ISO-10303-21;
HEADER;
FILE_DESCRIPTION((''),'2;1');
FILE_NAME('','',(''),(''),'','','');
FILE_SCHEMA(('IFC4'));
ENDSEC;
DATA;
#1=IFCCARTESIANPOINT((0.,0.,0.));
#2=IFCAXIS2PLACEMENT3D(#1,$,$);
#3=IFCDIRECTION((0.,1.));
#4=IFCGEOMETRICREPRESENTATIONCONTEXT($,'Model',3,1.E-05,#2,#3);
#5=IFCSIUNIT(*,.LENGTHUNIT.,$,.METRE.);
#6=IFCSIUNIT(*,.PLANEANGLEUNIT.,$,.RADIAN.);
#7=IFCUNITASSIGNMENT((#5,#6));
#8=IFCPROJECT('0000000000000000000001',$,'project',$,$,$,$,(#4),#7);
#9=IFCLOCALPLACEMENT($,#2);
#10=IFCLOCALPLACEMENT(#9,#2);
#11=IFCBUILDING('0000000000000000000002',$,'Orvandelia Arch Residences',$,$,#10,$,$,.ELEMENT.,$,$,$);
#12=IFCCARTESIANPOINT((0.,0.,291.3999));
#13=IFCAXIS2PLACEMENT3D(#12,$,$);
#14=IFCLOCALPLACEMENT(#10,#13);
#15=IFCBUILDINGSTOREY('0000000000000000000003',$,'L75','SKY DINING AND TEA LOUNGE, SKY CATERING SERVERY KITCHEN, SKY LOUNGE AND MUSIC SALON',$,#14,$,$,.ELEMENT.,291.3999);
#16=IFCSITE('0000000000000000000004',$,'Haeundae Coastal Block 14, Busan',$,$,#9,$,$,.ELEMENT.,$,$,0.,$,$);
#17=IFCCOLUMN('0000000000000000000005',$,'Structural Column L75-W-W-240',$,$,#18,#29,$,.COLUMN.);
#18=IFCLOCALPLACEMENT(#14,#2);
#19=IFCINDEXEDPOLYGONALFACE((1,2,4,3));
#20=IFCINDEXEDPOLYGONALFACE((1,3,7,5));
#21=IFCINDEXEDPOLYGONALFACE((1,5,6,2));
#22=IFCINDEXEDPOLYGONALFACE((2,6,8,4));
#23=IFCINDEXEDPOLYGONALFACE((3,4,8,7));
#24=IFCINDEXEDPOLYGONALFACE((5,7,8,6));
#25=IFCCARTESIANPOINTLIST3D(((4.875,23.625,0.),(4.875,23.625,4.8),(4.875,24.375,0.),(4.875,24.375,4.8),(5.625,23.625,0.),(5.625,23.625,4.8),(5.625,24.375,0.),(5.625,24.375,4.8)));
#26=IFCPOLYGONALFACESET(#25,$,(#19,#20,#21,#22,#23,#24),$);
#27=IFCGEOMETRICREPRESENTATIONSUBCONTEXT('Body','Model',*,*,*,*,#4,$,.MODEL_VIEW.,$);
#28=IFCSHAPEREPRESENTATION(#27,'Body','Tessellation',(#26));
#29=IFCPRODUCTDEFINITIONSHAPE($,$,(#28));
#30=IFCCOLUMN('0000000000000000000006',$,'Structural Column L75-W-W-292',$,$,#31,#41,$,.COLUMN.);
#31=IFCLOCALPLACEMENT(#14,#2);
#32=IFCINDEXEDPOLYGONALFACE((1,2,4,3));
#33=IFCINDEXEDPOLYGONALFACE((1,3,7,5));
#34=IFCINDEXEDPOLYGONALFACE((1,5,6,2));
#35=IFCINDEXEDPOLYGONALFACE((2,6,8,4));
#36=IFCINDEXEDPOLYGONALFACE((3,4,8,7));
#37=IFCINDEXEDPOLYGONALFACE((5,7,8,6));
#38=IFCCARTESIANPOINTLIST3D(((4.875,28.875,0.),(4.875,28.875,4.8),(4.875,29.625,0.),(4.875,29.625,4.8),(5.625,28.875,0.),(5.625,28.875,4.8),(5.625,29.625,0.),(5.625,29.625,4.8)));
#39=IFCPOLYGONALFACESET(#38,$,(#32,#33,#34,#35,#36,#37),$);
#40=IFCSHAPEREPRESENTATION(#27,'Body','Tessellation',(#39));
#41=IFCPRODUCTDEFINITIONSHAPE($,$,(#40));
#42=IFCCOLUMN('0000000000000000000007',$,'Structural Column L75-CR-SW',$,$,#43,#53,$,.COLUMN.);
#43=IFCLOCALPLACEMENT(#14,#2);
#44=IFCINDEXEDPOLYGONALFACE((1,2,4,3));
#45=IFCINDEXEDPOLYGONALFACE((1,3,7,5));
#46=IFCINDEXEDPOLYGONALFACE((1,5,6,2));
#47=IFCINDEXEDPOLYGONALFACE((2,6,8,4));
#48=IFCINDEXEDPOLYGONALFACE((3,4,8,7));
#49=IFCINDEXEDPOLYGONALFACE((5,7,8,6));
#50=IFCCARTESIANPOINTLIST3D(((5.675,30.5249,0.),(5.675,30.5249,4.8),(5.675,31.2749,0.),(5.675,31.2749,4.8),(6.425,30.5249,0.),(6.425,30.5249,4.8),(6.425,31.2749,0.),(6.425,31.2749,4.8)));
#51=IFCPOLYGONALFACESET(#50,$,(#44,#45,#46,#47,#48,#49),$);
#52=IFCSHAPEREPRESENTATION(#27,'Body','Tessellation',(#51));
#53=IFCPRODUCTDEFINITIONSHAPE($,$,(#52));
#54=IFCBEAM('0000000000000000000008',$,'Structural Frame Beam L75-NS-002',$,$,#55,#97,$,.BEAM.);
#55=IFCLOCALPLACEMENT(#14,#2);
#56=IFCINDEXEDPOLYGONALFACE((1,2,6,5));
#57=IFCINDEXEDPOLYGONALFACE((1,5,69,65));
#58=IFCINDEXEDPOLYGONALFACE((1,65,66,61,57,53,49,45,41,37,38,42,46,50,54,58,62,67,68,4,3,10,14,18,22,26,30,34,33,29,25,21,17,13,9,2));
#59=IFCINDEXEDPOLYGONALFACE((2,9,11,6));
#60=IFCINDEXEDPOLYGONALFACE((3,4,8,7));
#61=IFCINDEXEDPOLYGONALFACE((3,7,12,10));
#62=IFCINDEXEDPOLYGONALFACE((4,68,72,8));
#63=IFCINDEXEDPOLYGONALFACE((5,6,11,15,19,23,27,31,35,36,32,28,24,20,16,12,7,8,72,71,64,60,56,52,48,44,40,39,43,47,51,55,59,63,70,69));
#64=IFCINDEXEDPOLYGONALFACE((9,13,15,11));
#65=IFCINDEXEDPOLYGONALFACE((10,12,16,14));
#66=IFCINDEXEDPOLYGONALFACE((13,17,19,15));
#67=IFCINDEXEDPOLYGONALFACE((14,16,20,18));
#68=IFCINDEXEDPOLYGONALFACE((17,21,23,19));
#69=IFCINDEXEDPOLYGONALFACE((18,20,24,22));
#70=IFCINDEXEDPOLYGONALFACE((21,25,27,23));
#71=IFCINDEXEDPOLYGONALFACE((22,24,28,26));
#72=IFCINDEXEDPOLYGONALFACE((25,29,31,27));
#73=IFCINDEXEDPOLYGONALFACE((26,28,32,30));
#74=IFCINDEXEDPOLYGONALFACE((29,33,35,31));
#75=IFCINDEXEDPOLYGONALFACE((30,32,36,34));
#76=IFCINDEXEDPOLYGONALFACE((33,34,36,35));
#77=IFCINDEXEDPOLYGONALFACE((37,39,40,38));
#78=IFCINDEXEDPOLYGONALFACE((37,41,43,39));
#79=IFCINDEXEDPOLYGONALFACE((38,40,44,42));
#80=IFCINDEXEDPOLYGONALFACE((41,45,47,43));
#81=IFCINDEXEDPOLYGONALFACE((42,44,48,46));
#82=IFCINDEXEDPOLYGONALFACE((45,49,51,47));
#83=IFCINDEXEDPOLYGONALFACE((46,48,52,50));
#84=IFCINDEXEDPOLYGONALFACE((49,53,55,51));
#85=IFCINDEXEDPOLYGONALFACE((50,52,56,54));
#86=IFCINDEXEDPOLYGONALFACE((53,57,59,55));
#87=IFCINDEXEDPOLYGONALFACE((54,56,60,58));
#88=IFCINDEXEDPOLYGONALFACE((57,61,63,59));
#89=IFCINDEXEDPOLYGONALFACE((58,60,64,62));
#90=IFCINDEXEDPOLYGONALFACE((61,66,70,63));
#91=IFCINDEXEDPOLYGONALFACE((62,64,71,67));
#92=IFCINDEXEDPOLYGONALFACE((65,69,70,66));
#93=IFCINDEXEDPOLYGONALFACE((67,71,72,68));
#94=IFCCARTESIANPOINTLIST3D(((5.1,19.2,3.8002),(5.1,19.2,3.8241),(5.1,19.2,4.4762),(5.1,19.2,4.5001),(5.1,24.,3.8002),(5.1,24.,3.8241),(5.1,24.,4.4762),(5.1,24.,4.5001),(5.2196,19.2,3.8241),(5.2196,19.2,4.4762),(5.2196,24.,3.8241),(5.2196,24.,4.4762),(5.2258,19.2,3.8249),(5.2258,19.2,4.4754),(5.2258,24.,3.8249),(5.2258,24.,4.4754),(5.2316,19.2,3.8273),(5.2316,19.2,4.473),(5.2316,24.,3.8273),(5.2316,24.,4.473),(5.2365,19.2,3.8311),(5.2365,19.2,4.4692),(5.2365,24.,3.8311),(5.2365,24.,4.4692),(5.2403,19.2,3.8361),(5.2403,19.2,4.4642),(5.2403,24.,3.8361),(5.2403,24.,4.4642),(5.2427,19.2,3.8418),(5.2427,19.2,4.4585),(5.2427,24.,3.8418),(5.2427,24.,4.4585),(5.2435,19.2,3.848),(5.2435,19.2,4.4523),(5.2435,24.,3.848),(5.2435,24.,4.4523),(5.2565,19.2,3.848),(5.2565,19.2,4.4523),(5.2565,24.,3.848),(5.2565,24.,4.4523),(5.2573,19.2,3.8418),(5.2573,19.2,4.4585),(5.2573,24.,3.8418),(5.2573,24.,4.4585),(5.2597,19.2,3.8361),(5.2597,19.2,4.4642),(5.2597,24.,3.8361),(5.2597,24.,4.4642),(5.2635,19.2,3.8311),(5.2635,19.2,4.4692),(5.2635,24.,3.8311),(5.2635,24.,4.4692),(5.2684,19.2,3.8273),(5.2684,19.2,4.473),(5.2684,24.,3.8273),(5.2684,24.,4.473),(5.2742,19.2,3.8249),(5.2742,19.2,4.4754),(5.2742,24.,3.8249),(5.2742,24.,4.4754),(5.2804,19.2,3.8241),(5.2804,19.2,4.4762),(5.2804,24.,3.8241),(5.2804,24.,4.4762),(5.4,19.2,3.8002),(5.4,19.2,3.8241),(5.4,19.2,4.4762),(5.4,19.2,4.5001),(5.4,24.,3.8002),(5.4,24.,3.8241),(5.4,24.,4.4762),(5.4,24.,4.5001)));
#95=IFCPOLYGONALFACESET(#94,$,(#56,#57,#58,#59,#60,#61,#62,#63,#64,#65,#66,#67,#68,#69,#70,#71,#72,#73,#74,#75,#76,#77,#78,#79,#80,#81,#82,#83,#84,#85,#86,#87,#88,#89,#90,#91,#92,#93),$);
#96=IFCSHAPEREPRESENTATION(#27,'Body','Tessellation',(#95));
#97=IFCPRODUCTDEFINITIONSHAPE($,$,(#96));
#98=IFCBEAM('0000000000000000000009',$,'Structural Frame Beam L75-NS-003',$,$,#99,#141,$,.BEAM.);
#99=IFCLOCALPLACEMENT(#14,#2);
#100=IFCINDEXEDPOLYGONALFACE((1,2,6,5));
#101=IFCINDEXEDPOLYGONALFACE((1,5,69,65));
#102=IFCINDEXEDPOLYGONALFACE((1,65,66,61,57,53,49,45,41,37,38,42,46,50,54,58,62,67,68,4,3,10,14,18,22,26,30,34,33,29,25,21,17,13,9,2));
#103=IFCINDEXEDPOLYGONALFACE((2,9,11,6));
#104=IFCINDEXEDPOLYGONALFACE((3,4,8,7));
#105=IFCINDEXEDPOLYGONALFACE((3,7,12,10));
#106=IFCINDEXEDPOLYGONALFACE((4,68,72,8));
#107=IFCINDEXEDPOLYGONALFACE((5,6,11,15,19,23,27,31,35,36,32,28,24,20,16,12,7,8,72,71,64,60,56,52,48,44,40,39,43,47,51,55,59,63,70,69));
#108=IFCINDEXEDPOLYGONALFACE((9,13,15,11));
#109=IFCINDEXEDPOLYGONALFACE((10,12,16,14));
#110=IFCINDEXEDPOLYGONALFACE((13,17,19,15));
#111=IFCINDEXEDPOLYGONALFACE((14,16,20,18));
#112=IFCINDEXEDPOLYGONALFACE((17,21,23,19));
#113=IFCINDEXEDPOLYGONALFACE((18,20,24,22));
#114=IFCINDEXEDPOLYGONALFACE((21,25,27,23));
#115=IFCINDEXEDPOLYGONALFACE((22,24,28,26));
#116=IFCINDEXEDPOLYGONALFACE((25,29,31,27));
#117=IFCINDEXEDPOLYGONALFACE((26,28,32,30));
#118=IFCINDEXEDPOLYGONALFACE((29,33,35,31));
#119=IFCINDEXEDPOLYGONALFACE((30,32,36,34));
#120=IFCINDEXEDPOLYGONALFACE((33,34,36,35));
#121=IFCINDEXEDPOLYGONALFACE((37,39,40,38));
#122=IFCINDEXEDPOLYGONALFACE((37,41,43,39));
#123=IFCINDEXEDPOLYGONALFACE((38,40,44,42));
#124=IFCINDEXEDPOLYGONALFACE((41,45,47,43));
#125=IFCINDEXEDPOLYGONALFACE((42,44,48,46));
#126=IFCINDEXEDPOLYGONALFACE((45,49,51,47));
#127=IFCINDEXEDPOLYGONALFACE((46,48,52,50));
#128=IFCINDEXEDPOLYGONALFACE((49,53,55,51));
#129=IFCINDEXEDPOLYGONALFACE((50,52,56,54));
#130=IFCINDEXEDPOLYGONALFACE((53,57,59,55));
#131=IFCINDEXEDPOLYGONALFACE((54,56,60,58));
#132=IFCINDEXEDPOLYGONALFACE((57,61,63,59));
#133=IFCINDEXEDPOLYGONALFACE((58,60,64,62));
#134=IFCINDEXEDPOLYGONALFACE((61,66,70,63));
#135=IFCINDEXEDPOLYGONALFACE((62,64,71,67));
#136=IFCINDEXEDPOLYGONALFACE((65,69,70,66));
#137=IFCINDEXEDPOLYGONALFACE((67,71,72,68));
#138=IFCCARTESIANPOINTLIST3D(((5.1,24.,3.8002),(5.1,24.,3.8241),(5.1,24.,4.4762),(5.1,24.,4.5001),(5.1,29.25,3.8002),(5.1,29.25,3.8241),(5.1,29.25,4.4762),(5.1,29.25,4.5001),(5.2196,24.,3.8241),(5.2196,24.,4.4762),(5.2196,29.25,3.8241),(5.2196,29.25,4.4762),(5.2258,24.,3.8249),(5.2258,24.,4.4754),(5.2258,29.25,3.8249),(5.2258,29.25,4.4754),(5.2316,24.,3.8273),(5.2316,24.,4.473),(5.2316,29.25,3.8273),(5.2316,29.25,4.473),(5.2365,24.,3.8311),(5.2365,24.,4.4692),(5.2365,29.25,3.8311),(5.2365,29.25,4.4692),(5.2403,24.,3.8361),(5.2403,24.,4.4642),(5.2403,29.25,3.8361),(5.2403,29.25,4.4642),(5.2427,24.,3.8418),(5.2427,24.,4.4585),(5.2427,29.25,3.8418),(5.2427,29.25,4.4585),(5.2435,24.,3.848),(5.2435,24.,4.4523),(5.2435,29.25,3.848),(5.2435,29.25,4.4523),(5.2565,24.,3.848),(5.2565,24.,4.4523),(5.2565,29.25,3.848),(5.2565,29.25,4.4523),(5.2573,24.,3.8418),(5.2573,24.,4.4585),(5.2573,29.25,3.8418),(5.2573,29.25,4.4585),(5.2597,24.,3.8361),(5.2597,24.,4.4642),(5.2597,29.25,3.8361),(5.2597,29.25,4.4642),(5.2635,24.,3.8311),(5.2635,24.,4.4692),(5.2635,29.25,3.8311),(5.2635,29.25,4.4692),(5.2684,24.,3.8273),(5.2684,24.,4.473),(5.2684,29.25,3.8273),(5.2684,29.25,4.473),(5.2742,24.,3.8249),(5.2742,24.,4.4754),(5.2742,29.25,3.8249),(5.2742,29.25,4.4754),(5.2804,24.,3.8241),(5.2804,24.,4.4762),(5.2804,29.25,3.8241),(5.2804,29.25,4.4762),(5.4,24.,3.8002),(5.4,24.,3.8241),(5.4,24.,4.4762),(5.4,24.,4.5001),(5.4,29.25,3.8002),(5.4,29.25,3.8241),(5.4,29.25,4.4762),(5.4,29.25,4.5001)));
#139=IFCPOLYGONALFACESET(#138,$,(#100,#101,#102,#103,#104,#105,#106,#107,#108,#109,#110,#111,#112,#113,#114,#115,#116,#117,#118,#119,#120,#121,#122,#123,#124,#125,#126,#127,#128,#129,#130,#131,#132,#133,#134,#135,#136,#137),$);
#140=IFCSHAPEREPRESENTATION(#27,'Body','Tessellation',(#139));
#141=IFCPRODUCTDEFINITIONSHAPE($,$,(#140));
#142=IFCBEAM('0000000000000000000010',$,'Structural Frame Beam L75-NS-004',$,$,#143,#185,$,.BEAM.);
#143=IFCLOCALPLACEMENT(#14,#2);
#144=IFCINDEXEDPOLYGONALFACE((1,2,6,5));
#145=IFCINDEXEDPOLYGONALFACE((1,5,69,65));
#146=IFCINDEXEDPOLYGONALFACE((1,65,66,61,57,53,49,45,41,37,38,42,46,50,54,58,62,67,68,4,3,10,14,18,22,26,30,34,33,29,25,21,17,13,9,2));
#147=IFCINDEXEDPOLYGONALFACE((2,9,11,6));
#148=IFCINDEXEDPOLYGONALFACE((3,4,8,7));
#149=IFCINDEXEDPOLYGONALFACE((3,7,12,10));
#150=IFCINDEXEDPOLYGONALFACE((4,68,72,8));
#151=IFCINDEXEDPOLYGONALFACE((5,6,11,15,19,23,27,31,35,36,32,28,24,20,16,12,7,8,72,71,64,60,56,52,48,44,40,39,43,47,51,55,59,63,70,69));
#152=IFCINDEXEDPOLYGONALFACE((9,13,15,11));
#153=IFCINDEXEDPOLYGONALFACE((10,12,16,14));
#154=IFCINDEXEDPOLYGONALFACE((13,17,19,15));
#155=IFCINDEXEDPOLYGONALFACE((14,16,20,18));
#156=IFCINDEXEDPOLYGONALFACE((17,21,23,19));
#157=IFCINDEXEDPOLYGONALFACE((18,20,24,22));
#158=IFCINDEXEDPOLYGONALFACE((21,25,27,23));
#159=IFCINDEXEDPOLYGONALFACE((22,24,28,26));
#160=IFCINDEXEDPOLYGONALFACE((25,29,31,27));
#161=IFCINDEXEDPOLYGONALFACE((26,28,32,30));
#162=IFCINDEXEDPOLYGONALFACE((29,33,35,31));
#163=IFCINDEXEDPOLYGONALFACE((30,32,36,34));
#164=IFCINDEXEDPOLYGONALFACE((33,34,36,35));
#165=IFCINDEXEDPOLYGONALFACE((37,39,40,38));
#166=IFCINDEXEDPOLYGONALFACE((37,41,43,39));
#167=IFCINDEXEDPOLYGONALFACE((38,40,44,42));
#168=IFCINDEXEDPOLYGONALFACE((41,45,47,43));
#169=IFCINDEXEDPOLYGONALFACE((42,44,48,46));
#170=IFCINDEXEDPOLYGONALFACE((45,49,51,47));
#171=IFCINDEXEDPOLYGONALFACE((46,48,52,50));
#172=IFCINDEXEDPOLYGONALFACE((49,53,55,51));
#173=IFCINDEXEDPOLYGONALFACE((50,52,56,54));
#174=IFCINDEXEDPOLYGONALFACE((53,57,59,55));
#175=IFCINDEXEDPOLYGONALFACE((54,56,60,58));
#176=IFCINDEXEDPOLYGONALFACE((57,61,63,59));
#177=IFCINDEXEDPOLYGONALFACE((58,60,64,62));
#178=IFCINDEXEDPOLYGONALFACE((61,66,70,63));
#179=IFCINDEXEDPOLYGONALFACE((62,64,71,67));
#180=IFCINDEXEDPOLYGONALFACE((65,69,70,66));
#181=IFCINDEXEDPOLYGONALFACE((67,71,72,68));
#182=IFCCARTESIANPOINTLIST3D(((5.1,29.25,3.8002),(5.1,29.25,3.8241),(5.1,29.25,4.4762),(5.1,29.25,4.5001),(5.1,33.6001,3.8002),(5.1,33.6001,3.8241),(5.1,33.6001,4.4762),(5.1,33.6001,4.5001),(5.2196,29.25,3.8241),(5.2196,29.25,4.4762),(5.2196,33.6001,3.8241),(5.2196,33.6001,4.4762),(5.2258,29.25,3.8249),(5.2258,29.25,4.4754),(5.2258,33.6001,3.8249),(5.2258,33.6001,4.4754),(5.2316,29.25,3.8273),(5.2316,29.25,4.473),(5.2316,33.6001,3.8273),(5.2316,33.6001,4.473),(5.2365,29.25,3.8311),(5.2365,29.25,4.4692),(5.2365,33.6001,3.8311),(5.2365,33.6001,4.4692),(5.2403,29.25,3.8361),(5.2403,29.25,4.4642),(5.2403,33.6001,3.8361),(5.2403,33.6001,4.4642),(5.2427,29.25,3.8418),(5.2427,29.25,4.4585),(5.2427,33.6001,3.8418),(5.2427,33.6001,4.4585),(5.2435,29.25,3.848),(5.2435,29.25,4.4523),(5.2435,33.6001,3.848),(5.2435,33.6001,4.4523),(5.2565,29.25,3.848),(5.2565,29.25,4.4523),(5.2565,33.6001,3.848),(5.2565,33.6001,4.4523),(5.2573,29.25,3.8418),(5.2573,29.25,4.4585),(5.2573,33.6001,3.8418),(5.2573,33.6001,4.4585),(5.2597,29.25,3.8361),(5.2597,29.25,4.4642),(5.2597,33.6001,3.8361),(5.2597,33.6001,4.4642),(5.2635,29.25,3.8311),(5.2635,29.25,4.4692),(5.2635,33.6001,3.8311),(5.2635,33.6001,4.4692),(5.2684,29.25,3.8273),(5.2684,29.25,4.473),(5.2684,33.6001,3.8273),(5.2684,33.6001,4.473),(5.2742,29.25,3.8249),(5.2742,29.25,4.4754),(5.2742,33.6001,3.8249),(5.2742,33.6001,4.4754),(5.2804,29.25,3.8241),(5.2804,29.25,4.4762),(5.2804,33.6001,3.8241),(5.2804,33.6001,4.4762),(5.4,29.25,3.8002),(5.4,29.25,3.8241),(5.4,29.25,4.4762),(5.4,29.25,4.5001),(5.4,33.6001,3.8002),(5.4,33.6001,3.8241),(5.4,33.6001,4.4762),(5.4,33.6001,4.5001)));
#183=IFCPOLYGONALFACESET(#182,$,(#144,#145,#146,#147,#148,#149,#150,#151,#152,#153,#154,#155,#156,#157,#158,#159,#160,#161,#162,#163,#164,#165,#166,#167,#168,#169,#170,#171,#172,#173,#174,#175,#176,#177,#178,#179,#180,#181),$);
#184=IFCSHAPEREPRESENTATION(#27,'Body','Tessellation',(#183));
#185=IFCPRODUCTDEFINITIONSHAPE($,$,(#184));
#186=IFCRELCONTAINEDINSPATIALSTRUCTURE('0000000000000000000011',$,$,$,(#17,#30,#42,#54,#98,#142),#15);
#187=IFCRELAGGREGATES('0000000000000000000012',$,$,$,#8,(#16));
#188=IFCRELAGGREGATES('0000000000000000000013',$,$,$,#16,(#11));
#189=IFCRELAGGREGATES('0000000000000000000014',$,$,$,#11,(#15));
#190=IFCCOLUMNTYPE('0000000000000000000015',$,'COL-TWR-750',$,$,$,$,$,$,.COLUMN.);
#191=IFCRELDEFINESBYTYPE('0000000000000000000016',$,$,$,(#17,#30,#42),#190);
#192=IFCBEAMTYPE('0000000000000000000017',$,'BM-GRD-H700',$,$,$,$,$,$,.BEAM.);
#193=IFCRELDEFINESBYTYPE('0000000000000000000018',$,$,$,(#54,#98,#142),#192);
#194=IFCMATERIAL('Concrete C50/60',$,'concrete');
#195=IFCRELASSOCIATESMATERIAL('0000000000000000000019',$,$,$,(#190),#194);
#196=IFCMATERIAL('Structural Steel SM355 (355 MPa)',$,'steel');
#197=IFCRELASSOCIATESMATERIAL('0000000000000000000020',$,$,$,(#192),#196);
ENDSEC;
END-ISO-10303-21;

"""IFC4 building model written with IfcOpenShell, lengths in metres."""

from ifc_helpers import new_model, si_unit, direction, frame, origin, origin_2d, place, context, subcontext, project, spatial, rectangle, i_section, extrude, material, material_profile, profile_set, type_object, element, save


model = new_model("IFC4")

# Units and contexts
model_context = context("Model", 3, precision=1e-05, world=origin(), true_north=direction((0.0, 1.0)))
body_context = subcontext(model_context, "Body", "Model", "MODEL_VIEW")
ifc_project = project(units=[si_unit("LENGTHUNIT", "METRE"), si_unit("PLANEANGLEUNIT", "RADIAN")], contexts=[model_context])

# Site, building, storey
site_placement = place(None, origin())
site = spatial("IfcSite", under=ifc_project, at=site_placement, Name="Haeundae Coastal Block 14, Busan", CompositionType="ELEMENT", RefElevation=0.0)
building_placement = place(site_placement, origin())
building = spatial("IfcBuilding", under=site, at=building_placement, Name="Orvandelia Arch Residences", CompositionType="ELEMENT")
storey_placement = place(building_placement, frame((0.0, 0.0, 291.3999)))
storey = spatial("IfcBuildingStorey", under=building, at=storey_placement, Name="L75", Description="SKY DINING AND TEA LOUNGE, SKY CATERING SERVERY KITCHEN, SKY LOUNGE AND MUSIC SALON", CompositionType="ELEMENT", Elevation=291.3999)

# Columns
ifc_material_1 = material(Name="Concrete C50/60", Category="concrete")
ifc_material_profile_1 = material_profile(ifc_material_1, rectangle(XDim=0.75, YDim=0.75, at=origin_2d()), Name="Concrete C50/60", Category="concrete")
ifc_profile_set_1 = profile_set([ifc_material_profile_1], Name="Concrete C50/60")
column_type = type_object("IfcColumnType", Name="COL-TWR-750", PredefinedType="COLUMN", material=ifc_profile_set_1)
for number, where, z_axis, x_axis, name in (
    (1, (5.25, 24.0, 0.0), (0.0, 0.0, 1.0), (1.0, 0.0, 0.0), "Structural Column L75-W-W-240"),
    (2, (5.25, 29.25, 0.0), (0.0, 0.0, 1.0), (1.0, 0.0, 0.0), "Structural Column L75-W-W-292"),
    (3, (6.05, 30.8999, 0.0), (0.0, 0.0, 1.0), (1.0, 0.0, 0.0), "Structural Column L75-CR-SW"),
):
    element("IfcColumn", number, at=place(storey_placement, frame(where, z_axis=z_axis, x_axis=x_axis)), inside=storey, type_object=column_type, Name=name, PredefinedType="COLUMN", context=body_context, shape_type="SweptSolid", body=[
        extrude(rectangle(XDim=0.75, YDim=0.75, at=origin_2d()), origin(), (0.0, 0.0, 1.0), 4.8),
    ])

# Beams
ifc_material_2 = material(Name="Structural Steel SM355 (355 MPa)", Category="steel")
ifc_material_profile_2 = material_profile(ifc_material_2, i_section(OverallWidth=0.3, OverallDepth=0.7, WebThickness=0.0129, FlangeThickness=0.0239, FilletRadius=0.0239, at=origin_2d()), Name="Structural Steel SM355 (355 MPa)", Category="steel")
ifc_profile_set_2 = profile_set([ifc_material_profile_2], Name="Structural Steel SM355 (355 MPa)")
beam_type_1 = type_object("IfcBeamType", Name="BM-GRD-H700", PredefinedType="BEAM", material=ifc_profile_set_2)
beam_1_placement = place(storey_placement, frame((5.25, 19.2, 4.1501), z_axis=(0.0, 1.0, 0.0), x_axis=(-1.0, 0.0, 0.0)))
element("IfcBeam", 4, at=beam_1_placement, inside=storey, type_object=beam_type_1, Name="Structural Frame Beam L75-NS-002", PredefinedType="BEAM", context=body_context, shape_type="SweptSolid", body=[
    extrude(i_section(OverallWidth=0.3, OverallDepth=0.7, WebThickness=0.0129, FlangeThickness=0.0239, FilletRadius=0.0239, at=origin_2d()), origin(), (0.0, 0.0, 1.0), 4.8),
])
beam_2_placement = place(storey_placement, frame((5.25, 24.0, 4.1501), z_axis=(0.0, 1.0, 0.0), x_axis=(-1.0, 0.0, 0.0)))
element("IfcBeam", 5, at=beam_2_placement, inside=storey, type_object=beam_type_1, Name="Structural Frame Beam L75-NS-003", PredefinedType="BEAM", context=body_context, shape_type="SweptSolid", body=[
    extrude(i_section(OverallWidth=0.3, OverallDepth=0.7, WebThickness=0.0129, FlangeThickness=0.0239, FilletRadius=0.0239, at=origin_2d()), origin(), (0.0, 0.0, 1.0), 5.25),
])
beam_3_placement = place(storey_placement, frame((5.25, 29.25, 4.1501), z_axis=(0.0, 1.0, 0.0), x_axis=(-1.0, 0.0, 0.0)))
element("IfcBeam", 6, at=beam_3_placement, inside=storey, type_object=beam_type_1, Name="Structural Frame Beam L75-NS-004", PredefinedType="BEAM", context=body_context, shape_type="SweptSolid", body=[
    extrude(i_section(OverallWidth=0.3, OverallDepth=0.7, WebThickness=0.0129, FlangeThickness=0.0239, FilletRadius=0.0239, at=origin_2d()), origin(), (0.0, 0.0, 1.0), 4.3501),
])

save(model, "model.ifc")
